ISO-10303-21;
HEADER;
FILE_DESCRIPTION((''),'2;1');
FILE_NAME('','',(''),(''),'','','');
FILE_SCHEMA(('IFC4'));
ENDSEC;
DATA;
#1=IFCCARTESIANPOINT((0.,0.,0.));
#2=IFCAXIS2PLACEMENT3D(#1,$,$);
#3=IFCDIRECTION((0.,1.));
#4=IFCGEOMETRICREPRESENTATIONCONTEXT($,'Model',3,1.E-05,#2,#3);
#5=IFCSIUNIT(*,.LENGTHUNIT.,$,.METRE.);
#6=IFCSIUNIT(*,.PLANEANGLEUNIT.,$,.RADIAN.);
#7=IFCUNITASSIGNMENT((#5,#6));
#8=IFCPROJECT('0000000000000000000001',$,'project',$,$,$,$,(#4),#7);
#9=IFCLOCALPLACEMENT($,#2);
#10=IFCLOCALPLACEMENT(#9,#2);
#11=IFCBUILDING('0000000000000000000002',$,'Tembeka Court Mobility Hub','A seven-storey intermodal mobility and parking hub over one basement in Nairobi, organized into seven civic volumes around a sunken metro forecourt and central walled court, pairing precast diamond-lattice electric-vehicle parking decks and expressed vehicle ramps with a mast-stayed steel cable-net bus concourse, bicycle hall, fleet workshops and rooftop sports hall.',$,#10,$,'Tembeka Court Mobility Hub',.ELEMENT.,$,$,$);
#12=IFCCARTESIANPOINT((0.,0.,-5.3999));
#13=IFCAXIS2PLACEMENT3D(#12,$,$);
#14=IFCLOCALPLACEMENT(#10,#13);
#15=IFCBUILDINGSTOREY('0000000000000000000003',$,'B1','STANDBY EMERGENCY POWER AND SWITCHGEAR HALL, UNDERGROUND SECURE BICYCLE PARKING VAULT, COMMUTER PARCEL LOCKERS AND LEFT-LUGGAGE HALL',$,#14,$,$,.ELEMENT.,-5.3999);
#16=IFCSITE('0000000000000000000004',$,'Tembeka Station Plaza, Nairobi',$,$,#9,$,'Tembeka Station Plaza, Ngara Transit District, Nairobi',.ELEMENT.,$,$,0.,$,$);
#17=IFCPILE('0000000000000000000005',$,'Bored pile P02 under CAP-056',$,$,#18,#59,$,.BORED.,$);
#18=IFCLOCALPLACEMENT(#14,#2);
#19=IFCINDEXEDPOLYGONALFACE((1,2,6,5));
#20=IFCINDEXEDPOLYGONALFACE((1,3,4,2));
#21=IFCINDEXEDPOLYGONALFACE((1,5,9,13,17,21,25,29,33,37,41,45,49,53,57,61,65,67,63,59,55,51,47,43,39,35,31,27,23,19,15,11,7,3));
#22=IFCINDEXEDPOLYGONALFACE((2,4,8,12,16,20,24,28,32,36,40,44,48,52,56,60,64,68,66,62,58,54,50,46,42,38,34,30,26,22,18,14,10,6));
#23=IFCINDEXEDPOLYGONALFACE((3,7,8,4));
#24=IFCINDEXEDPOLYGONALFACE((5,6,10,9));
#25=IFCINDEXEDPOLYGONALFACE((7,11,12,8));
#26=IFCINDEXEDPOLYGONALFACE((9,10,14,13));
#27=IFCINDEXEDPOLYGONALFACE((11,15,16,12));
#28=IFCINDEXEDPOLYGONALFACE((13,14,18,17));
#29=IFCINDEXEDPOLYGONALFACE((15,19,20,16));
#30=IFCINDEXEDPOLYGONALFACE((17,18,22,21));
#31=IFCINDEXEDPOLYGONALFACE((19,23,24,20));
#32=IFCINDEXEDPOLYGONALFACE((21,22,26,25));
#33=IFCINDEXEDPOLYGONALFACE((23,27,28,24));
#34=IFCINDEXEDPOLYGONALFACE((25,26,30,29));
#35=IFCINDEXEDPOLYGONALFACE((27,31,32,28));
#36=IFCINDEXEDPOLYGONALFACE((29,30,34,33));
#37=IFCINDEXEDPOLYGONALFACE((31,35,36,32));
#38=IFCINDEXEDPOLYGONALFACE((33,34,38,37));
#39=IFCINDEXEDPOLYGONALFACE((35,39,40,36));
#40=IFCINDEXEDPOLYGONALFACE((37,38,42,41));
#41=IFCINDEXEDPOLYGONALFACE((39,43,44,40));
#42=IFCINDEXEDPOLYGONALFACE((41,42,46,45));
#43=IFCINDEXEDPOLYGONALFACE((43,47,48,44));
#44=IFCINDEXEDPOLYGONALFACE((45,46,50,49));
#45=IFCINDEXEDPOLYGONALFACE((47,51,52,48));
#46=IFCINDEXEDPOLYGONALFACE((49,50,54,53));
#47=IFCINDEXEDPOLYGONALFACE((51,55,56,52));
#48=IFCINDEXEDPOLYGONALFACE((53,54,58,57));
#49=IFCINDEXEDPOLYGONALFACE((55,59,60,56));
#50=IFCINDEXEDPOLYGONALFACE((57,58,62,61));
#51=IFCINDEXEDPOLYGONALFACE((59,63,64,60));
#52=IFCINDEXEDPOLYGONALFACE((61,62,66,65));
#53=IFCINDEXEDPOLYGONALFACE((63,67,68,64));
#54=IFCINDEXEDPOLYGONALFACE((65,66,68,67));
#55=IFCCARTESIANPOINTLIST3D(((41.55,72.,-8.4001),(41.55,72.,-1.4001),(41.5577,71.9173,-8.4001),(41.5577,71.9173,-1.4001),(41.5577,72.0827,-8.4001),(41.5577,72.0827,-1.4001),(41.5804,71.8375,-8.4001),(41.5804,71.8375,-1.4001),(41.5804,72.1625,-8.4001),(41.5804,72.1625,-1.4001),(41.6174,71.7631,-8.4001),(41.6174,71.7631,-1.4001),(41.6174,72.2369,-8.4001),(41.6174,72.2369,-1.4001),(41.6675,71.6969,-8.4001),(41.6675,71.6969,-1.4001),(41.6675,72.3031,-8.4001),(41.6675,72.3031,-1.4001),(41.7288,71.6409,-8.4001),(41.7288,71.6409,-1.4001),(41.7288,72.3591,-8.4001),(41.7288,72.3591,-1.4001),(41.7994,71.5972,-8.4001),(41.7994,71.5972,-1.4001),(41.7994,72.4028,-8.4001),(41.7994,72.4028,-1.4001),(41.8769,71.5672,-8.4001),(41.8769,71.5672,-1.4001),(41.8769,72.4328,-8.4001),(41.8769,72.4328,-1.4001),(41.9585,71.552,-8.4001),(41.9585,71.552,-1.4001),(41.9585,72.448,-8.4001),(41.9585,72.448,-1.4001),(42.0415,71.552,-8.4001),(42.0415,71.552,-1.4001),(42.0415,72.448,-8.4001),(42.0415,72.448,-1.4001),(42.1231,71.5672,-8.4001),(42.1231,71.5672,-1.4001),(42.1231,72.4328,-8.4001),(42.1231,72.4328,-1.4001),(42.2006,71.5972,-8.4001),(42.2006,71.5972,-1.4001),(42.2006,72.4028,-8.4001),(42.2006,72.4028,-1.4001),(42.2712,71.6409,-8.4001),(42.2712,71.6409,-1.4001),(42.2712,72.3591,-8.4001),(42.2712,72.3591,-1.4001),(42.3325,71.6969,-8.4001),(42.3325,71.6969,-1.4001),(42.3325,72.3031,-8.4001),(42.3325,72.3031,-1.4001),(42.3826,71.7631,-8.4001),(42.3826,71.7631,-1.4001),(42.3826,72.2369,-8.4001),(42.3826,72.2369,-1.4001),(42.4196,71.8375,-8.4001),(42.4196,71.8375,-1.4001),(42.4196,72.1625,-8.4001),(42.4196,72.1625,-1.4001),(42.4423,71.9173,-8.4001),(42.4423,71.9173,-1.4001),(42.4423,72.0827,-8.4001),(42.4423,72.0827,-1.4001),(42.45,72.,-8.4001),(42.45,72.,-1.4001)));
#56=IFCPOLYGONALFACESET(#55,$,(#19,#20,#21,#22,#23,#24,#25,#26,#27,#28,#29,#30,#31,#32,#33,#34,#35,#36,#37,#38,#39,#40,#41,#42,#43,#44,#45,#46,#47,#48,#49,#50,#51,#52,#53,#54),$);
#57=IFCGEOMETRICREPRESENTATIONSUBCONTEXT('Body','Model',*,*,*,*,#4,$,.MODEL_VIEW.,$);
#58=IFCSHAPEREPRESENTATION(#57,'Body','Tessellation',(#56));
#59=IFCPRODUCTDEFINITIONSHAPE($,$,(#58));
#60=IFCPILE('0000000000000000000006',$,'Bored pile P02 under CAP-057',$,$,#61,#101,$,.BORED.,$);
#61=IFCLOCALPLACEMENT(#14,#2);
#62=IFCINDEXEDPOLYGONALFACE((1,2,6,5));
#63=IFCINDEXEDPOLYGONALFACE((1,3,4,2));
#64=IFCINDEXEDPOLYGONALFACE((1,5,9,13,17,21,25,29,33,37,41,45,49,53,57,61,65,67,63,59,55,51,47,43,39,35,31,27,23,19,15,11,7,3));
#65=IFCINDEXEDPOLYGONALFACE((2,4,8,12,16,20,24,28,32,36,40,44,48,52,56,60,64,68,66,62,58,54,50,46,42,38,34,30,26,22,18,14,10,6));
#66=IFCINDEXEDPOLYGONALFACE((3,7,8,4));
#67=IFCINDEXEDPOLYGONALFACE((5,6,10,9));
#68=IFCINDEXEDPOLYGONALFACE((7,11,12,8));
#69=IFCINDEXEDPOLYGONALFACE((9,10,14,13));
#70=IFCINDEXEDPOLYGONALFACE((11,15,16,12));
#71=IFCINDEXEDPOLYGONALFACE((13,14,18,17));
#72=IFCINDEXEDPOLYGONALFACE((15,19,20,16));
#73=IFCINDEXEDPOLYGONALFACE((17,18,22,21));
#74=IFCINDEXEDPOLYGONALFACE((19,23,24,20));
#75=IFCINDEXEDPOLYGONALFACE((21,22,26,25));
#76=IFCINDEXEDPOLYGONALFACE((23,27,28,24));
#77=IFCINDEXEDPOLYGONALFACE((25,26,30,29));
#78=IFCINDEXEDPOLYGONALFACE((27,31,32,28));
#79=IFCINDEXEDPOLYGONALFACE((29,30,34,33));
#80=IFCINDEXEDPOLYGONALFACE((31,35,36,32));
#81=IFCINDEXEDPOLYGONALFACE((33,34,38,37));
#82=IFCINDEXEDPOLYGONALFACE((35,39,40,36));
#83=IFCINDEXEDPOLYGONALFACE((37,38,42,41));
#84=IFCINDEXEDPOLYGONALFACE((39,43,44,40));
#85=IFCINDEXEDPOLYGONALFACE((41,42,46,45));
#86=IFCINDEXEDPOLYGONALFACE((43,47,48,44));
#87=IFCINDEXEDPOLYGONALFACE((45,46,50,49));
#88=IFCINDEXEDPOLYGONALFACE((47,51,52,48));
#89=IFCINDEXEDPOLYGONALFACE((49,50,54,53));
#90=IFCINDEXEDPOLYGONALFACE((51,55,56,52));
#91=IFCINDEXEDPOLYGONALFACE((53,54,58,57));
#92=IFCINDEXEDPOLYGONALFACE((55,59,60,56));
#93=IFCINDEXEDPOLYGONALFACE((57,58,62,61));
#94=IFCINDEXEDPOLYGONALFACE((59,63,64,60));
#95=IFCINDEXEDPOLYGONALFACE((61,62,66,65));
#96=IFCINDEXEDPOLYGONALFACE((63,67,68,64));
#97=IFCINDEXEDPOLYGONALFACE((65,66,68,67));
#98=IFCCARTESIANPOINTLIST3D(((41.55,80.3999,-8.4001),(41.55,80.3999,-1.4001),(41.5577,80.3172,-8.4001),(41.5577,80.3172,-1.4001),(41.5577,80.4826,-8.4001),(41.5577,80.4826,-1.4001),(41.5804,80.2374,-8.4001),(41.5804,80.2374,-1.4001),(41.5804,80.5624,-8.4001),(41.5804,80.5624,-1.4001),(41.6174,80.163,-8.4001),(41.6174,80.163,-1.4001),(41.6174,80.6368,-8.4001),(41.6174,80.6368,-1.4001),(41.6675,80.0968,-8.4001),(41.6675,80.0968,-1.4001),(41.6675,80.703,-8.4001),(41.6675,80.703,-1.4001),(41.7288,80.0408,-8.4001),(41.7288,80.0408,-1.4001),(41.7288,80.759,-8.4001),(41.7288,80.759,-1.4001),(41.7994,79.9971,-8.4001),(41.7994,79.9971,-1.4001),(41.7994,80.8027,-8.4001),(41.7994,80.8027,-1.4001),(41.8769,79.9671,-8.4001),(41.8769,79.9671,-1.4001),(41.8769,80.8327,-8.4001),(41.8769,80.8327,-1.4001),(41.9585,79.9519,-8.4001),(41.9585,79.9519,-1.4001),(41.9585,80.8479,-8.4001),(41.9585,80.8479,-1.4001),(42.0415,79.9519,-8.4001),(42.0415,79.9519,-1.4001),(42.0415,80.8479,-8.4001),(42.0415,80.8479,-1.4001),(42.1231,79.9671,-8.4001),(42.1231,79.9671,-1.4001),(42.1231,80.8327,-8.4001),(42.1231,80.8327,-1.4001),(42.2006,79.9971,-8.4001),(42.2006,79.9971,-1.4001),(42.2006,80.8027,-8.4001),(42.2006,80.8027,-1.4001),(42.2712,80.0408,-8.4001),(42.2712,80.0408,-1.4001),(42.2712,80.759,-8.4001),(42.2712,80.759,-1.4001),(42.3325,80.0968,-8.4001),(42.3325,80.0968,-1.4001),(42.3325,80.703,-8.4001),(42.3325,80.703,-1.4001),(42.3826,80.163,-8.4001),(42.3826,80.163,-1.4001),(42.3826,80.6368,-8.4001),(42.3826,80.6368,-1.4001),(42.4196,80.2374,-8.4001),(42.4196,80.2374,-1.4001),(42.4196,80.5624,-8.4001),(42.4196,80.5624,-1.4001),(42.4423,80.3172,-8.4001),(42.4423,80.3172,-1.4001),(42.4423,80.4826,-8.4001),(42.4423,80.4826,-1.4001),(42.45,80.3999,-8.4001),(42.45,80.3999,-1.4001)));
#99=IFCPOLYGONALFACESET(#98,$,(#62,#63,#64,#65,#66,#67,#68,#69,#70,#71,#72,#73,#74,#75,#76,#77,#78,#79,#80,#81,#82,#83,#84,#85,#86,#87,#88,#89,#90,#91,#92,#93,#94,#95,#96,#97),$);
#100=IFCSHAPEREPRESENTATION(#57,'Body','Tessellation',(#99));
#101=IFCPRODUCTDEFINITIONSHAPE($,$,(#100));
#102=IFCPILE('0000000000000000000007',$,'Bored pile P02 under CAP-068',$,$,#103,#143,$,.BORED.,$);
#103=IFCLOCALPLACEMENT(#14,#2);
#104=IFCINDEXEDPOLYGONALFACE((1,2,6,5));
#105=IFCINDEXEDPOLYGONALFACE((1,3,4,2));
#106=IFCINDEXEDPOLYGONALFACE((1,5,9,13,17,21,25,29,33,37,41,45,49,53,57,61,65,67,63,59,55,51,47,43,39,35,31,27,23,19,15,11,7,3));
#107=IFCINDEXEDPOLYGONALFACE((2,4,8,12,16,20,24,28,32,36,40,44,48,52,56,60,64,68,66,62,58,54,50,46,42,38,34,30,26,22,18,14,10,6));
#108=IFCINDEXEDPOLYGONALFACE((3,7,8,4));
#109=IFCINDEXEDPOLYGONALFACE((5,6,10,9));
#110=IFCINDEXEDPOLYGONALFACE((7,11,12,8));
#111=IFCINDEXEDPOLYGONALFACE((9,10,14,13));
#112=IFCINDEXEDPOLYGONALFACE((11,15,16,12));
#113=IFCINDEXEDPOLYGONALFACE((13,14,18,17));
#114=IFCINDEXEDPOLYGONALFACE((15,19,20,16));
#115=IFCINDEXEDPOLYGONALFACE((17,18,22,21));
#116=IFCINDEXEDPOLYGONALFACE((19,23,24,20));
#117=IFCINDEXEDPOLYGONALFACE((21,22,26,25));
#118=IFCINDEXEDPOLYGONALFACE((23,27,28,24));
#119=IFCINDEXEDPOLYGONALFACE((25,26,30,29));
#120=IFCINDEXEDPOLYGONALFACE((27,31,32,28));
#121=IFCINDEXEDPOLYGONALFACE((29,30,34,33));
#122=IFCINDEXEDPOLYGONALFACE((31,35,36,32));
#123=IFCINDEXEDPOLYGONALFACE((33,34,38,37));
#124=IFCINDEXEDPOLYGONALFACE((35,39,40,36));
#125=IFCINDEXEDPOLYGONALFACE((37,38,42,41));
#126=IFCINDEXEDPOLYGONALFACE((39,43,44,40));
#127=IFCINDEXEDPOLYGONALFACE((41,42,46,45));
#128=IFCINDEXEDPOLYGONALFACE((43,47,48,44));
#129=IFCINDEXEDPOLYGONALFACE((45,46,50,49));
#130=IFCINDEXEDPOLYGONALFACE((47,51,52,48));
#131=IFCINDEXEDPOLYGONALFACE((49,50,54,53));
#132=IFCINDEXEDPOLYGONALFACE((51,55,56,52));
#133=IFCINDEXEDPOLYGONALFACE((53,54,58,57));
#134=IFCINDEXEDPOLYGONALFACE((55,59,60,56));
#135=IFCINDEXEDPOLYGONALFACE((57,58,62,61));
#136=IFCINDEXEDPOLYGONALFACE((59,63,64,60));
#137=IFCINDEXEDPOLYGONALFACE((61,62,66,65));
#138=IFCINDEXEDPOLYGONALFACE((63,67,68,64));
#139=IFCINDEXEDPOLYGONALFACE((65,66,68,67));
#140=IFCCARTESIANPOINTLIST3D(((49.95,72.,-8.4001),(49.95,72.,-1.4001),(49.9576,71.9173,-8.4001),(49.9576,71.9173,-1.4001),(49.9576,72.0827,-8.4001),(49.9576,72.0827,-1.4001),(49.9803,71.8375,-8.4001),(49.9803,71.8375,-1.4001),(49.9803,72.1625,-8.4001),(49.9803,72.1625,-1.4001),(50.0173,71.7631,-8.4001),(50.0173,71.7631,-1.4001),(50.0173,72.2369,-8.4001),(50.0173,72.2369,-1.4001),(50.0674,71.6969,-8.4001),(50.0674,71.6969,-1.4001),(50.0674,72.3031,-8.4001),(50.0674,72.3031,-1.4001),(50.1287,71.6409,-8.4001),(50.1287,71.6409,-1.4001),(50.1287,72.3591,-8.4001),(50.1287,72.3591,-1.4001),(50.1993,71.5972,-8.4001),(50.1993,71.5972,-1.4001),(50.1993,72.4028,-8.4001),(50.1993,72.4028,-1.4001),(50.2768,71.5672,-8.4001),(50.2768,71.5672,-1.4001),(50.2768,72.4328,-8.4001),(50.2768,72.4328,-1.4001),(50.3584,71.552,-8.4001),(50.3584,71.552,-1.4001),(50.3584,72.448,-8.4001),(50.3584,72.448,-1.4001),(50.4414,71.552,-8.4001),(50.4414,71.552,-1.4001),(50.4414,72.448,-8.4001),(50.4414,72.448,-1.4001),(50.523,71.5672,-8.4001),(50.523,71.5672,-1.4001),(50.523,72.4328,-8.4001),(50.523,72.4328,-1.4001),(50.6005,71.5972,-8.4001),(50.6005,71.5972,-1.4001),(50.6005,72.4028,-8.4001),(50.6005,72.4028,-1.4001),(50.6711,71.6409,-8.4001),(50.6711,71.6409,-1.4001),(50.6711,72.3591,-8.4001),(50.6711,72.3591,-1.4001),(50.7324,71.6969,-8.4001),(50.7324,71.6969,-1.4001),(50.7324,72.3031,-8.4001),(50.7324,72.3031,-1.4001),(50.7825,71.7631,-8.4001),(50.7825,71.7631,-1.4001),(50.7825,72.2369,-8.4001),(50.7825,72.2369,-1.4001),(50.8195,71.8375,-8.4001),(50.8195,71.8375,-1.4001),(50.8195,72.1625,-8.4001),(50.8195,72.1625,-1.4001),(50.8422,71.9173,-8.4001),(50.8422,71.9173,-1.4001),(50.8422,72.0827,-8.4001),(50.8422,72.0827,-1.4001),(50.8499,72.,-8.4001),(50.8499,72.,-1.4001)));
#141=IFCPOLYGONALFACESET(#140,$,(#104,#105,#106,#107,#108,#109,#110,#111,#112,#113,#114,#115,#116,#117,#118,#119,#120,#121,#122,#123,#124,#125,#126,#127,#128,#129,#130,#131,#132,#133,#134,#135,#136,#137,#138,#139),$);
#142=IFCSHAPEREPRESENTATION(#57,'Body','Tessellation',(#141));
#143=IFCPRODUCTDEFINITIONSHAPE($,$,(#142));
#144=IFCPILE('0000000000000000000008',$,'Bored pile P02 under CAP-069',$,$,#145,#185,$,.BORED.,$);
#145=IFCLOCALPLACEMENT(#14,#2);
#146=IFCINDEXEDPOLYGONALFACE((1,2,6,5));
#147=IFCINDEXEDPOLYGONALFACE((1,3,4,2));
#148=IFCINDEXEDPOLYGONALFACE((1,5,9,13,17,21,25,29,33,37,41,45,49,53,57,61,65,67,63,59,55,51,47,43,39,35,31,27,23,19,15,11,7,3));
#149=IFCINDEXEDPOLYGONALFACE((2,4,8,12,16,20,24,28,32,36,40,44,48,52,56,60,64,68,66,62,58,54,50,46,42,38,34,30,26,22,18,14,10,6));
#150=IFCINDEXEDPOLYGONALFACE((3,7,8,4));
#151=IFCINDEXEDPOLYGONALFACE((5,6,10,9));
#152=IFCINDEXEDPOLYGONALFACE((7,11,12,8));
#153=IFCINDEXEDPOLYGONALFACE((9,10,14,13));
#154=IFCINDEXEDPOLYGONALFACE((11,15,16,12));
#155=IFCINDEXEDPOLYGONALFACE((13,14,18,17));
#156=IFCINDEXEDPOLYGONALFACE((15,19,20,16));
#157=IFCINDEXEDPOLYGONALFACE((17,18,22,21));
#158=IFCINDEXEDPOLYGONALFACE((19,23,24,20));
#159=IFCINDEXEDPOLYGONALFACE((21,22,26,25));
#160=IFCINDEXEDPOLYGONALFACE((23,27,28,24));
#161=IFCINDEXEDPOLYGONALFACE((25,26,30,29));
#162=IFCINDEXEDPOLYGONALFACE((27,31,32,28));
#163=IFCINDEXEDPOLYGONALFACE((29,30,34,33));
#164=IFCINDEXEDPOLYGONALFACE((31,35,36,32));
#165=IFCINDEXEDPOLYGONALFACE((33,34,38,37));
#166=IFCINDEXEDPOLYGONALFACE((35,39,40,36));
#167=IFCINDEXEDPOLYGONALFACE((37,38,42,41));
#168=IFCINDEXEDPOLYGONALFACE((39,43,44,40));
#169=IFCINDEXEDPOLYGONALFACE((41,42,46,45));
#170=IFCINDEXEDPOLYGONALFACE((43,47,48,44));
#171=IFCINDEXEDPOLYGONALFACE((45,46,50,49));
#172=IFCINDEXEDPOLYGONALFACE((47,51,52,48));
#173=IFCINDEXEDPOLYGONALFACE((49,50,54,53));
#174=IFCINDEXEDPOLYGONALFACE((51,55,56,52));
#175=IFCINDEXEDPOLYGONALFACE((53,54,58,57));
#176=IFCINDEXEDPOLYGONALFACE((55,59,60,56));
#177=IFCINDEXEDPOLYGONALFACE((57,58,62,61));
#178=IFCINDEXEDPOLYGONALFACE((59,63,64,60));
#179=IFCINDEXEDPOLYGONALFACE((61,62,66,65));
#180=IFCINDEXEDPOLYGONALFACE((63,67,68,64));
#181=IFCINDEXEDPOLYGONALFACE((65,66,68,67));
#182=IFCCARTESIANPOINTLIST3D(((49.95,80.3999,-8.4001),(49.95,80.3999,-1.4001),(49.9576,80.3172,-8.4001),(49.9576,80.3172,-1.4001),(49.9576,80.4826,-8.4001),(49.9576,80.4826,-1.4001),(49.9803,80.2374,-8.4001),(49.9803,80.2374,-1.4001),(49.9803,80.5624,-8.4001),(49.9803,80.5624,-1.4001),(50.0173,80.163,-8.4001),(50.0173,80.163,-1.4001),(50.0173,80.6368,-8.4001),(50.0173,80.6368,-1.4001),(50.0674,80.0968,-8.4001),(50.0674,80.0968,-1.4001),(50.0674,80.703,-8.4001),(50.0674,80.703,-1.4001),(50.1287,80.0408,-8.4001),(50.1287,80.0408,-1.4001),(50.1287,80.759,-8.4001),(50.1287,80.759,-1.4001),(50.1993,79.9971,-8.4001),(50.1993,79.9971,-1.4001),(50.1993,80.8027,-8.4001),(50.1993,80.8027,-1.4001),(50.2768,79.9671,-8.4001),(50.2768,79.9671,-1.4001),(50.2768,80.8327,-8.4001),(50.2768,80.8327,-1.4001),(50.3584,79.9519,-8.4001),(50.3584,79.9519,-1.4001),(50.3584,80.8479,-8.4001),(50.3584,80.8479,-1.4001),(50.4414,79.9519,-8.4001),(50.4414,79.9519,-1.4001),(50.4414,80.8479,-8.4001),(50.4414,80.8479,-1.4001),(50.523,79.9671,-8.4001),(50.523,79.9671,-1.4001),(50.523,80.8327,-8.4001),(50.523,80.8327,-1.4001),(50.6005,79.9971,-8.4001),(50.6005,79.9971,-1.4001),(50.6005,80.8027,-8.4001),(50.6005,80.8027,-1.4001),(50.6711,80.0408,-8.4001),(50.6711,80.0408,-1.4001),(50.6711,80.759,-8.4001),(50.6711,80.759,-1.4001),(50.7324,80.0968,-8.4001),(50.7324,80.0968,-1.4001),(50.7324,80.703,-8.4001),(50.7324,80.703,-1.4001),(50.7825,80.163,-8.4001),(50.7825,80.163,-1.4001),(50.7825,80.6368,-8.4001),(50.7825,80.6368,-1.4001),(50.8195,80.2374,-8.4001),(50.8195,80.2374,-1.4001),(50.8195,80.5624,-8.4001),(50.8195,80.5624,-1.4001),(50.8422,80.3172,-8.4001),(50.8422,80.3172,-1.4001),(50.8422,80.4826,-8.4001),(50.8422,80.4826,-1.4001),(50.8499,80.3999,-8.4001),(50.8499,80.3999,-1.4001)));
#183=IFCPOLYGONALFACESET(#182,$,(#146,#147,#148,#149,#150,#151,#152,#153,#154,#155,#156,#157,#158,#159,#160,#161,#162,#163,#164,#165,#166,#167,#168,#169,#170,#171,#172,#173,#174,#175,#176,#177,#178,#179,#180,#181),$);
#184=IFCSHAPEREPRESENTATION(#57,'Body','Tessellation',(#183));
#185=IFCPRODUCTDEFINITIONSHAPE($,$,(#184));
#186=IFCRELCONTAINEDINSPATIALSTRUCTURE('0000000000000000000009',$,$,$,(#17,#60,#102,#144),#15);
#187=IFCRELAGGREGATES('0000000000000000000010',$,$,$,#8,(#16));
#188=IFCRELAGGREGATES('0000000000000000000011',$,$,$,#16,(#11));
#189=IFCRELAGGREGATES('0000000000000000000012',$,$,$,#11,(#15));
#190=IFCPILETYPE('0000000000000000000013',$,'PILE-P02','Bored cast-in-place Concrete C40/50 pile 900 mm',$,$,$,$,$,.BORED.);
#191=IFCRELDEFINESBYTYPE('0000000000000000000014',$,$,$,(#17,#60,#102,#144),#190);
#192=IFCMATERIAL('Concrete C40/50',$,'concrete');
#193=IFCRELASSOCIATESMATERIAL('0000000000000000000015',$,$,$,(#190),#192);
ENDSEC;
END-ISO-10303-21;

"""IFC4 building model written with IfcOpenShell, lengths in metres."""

from ifc_helpers import new_model, si_unit, direction, frame, origin, origin_2d, place, context, subcontext, project, spatial, circle, extrude, material, material_profile, profile_set, type_object, element, save


model = new_model("IFC4")

# Units and contexts
model_context = context("Model", 3, precision=1e-05, world=origin(), true_north=direction((0.0, 1.0)))
body_context = subcontext(model_context, "Body", "Model", "MODEL_VIEW")
ifc_project = project(units=[si_unit("LENGTHUNIT", "METRE"), si_unit("PLANEANGLEUNIT", "RADIAN")], contexts=[model_context])

# Site, building, storey
site_placement = place(None, origin())
site = spatial("IfcSite", under=ifc_project, at=site_placement, Name="Tembeka Station Plaza, Nairobi", LongName="Tembeka Station Plaza, Ngara Transit District, Nairobi", CompositionType="ELEMENT", RefElevation=0.0)
building_placement = place(site_placement, origin())
building = spatial("IfcBuilding", under=site, at=building_placement, Name="Tembeka Court Mobility Hub", Description="A seven-storey intermodal mobility and parking hub over one basement in Nairobi, organized into seven civic volumes around a sunken metro forecourt and central walled court, pairing precast diamond-lattice electric-vehicle parking decks and expressed vehicle ramps with a mast-stayed steel cable-net bus concourse, bicycle hall, fleet workshops and rooftop sports hall.", LongName="Tembeka Court Mobility Hub", CompositionType="ELEMENT")
storey_placement = place(building_placement, frame((0.0, 0.0, -5.3999)))
storey = spatial("IfcBuildingStorey", under=building, at=storey_placement, Name="B1", Description="STANDBY EMERGENCY POWER AND SWITCHGEAR HALL, UNDERGROUND SECURE BICYCLE PARKING VAULT, COMMUTER PARCEL LOCKERS AND LEFT-LUGGAGE HALL", CompositionType="ELEMENT", Elevation=-5.3999)

# Shared definitions
ifc_material_1 = material(Name="Concrete C40/50", Category="concrete")

# Piles
ifc_material_profile_1 = material_profile(ifc_material_1, circle(Radius=0.45, at=origin_2d()), Name="PILE D900")
ifc_profile_set_1 = profile_set([ifc_material_profile_1], Name="Concrete C40/50")
pile_type = type_object("IfcPileType", Name="PILE-P02", Description="Bored cast-in-place Concrete C40/50 pile 900 mm", PredefinedType="BORED", material=ifc_profile_set_1)
for number, where, z_axis, x_axis, name in (
    (1, (42.0, 72.0, -1.4001), (0.0, 0.0, -1.0), (1.0, 0.0, 0.0), "Bored pile P02 under CAP-056"),
    (2, (42.0, 80.3999, -1.4001), (0.0, 0.0, -1.0), (1.0, 0.0, 0.0), "Bored pile P02 under CAP-057"),
    (3, (50.3999, 72.0, -1.4001), (0.0, 0.0, -1.0), (1.0, 0.0, 0.0), "Bored pile P02 under CAP-068"),
    (4, (50.3999, 80.3999, -1.4001), (0.0, 0.0, -1.0), (1.0, 0.0, 0.0), "Bored pile P02 under CAP-069"),
):
    element("IfcPile", number, at=place(storey_placement, frame(where, z_axis=z_axis, x_axis=x_axis)), inside=storey, type_object=pile_type, Name=name, PredefinedType="BORED", context=body_context, shape_type="SweptSolid", body=[
        extrude(circle(Radius=0.45, at=origin_2d()), origin(), (0.0, 0.0, 1.0), 7.0),
    ])

save(model, "model.ifc")
